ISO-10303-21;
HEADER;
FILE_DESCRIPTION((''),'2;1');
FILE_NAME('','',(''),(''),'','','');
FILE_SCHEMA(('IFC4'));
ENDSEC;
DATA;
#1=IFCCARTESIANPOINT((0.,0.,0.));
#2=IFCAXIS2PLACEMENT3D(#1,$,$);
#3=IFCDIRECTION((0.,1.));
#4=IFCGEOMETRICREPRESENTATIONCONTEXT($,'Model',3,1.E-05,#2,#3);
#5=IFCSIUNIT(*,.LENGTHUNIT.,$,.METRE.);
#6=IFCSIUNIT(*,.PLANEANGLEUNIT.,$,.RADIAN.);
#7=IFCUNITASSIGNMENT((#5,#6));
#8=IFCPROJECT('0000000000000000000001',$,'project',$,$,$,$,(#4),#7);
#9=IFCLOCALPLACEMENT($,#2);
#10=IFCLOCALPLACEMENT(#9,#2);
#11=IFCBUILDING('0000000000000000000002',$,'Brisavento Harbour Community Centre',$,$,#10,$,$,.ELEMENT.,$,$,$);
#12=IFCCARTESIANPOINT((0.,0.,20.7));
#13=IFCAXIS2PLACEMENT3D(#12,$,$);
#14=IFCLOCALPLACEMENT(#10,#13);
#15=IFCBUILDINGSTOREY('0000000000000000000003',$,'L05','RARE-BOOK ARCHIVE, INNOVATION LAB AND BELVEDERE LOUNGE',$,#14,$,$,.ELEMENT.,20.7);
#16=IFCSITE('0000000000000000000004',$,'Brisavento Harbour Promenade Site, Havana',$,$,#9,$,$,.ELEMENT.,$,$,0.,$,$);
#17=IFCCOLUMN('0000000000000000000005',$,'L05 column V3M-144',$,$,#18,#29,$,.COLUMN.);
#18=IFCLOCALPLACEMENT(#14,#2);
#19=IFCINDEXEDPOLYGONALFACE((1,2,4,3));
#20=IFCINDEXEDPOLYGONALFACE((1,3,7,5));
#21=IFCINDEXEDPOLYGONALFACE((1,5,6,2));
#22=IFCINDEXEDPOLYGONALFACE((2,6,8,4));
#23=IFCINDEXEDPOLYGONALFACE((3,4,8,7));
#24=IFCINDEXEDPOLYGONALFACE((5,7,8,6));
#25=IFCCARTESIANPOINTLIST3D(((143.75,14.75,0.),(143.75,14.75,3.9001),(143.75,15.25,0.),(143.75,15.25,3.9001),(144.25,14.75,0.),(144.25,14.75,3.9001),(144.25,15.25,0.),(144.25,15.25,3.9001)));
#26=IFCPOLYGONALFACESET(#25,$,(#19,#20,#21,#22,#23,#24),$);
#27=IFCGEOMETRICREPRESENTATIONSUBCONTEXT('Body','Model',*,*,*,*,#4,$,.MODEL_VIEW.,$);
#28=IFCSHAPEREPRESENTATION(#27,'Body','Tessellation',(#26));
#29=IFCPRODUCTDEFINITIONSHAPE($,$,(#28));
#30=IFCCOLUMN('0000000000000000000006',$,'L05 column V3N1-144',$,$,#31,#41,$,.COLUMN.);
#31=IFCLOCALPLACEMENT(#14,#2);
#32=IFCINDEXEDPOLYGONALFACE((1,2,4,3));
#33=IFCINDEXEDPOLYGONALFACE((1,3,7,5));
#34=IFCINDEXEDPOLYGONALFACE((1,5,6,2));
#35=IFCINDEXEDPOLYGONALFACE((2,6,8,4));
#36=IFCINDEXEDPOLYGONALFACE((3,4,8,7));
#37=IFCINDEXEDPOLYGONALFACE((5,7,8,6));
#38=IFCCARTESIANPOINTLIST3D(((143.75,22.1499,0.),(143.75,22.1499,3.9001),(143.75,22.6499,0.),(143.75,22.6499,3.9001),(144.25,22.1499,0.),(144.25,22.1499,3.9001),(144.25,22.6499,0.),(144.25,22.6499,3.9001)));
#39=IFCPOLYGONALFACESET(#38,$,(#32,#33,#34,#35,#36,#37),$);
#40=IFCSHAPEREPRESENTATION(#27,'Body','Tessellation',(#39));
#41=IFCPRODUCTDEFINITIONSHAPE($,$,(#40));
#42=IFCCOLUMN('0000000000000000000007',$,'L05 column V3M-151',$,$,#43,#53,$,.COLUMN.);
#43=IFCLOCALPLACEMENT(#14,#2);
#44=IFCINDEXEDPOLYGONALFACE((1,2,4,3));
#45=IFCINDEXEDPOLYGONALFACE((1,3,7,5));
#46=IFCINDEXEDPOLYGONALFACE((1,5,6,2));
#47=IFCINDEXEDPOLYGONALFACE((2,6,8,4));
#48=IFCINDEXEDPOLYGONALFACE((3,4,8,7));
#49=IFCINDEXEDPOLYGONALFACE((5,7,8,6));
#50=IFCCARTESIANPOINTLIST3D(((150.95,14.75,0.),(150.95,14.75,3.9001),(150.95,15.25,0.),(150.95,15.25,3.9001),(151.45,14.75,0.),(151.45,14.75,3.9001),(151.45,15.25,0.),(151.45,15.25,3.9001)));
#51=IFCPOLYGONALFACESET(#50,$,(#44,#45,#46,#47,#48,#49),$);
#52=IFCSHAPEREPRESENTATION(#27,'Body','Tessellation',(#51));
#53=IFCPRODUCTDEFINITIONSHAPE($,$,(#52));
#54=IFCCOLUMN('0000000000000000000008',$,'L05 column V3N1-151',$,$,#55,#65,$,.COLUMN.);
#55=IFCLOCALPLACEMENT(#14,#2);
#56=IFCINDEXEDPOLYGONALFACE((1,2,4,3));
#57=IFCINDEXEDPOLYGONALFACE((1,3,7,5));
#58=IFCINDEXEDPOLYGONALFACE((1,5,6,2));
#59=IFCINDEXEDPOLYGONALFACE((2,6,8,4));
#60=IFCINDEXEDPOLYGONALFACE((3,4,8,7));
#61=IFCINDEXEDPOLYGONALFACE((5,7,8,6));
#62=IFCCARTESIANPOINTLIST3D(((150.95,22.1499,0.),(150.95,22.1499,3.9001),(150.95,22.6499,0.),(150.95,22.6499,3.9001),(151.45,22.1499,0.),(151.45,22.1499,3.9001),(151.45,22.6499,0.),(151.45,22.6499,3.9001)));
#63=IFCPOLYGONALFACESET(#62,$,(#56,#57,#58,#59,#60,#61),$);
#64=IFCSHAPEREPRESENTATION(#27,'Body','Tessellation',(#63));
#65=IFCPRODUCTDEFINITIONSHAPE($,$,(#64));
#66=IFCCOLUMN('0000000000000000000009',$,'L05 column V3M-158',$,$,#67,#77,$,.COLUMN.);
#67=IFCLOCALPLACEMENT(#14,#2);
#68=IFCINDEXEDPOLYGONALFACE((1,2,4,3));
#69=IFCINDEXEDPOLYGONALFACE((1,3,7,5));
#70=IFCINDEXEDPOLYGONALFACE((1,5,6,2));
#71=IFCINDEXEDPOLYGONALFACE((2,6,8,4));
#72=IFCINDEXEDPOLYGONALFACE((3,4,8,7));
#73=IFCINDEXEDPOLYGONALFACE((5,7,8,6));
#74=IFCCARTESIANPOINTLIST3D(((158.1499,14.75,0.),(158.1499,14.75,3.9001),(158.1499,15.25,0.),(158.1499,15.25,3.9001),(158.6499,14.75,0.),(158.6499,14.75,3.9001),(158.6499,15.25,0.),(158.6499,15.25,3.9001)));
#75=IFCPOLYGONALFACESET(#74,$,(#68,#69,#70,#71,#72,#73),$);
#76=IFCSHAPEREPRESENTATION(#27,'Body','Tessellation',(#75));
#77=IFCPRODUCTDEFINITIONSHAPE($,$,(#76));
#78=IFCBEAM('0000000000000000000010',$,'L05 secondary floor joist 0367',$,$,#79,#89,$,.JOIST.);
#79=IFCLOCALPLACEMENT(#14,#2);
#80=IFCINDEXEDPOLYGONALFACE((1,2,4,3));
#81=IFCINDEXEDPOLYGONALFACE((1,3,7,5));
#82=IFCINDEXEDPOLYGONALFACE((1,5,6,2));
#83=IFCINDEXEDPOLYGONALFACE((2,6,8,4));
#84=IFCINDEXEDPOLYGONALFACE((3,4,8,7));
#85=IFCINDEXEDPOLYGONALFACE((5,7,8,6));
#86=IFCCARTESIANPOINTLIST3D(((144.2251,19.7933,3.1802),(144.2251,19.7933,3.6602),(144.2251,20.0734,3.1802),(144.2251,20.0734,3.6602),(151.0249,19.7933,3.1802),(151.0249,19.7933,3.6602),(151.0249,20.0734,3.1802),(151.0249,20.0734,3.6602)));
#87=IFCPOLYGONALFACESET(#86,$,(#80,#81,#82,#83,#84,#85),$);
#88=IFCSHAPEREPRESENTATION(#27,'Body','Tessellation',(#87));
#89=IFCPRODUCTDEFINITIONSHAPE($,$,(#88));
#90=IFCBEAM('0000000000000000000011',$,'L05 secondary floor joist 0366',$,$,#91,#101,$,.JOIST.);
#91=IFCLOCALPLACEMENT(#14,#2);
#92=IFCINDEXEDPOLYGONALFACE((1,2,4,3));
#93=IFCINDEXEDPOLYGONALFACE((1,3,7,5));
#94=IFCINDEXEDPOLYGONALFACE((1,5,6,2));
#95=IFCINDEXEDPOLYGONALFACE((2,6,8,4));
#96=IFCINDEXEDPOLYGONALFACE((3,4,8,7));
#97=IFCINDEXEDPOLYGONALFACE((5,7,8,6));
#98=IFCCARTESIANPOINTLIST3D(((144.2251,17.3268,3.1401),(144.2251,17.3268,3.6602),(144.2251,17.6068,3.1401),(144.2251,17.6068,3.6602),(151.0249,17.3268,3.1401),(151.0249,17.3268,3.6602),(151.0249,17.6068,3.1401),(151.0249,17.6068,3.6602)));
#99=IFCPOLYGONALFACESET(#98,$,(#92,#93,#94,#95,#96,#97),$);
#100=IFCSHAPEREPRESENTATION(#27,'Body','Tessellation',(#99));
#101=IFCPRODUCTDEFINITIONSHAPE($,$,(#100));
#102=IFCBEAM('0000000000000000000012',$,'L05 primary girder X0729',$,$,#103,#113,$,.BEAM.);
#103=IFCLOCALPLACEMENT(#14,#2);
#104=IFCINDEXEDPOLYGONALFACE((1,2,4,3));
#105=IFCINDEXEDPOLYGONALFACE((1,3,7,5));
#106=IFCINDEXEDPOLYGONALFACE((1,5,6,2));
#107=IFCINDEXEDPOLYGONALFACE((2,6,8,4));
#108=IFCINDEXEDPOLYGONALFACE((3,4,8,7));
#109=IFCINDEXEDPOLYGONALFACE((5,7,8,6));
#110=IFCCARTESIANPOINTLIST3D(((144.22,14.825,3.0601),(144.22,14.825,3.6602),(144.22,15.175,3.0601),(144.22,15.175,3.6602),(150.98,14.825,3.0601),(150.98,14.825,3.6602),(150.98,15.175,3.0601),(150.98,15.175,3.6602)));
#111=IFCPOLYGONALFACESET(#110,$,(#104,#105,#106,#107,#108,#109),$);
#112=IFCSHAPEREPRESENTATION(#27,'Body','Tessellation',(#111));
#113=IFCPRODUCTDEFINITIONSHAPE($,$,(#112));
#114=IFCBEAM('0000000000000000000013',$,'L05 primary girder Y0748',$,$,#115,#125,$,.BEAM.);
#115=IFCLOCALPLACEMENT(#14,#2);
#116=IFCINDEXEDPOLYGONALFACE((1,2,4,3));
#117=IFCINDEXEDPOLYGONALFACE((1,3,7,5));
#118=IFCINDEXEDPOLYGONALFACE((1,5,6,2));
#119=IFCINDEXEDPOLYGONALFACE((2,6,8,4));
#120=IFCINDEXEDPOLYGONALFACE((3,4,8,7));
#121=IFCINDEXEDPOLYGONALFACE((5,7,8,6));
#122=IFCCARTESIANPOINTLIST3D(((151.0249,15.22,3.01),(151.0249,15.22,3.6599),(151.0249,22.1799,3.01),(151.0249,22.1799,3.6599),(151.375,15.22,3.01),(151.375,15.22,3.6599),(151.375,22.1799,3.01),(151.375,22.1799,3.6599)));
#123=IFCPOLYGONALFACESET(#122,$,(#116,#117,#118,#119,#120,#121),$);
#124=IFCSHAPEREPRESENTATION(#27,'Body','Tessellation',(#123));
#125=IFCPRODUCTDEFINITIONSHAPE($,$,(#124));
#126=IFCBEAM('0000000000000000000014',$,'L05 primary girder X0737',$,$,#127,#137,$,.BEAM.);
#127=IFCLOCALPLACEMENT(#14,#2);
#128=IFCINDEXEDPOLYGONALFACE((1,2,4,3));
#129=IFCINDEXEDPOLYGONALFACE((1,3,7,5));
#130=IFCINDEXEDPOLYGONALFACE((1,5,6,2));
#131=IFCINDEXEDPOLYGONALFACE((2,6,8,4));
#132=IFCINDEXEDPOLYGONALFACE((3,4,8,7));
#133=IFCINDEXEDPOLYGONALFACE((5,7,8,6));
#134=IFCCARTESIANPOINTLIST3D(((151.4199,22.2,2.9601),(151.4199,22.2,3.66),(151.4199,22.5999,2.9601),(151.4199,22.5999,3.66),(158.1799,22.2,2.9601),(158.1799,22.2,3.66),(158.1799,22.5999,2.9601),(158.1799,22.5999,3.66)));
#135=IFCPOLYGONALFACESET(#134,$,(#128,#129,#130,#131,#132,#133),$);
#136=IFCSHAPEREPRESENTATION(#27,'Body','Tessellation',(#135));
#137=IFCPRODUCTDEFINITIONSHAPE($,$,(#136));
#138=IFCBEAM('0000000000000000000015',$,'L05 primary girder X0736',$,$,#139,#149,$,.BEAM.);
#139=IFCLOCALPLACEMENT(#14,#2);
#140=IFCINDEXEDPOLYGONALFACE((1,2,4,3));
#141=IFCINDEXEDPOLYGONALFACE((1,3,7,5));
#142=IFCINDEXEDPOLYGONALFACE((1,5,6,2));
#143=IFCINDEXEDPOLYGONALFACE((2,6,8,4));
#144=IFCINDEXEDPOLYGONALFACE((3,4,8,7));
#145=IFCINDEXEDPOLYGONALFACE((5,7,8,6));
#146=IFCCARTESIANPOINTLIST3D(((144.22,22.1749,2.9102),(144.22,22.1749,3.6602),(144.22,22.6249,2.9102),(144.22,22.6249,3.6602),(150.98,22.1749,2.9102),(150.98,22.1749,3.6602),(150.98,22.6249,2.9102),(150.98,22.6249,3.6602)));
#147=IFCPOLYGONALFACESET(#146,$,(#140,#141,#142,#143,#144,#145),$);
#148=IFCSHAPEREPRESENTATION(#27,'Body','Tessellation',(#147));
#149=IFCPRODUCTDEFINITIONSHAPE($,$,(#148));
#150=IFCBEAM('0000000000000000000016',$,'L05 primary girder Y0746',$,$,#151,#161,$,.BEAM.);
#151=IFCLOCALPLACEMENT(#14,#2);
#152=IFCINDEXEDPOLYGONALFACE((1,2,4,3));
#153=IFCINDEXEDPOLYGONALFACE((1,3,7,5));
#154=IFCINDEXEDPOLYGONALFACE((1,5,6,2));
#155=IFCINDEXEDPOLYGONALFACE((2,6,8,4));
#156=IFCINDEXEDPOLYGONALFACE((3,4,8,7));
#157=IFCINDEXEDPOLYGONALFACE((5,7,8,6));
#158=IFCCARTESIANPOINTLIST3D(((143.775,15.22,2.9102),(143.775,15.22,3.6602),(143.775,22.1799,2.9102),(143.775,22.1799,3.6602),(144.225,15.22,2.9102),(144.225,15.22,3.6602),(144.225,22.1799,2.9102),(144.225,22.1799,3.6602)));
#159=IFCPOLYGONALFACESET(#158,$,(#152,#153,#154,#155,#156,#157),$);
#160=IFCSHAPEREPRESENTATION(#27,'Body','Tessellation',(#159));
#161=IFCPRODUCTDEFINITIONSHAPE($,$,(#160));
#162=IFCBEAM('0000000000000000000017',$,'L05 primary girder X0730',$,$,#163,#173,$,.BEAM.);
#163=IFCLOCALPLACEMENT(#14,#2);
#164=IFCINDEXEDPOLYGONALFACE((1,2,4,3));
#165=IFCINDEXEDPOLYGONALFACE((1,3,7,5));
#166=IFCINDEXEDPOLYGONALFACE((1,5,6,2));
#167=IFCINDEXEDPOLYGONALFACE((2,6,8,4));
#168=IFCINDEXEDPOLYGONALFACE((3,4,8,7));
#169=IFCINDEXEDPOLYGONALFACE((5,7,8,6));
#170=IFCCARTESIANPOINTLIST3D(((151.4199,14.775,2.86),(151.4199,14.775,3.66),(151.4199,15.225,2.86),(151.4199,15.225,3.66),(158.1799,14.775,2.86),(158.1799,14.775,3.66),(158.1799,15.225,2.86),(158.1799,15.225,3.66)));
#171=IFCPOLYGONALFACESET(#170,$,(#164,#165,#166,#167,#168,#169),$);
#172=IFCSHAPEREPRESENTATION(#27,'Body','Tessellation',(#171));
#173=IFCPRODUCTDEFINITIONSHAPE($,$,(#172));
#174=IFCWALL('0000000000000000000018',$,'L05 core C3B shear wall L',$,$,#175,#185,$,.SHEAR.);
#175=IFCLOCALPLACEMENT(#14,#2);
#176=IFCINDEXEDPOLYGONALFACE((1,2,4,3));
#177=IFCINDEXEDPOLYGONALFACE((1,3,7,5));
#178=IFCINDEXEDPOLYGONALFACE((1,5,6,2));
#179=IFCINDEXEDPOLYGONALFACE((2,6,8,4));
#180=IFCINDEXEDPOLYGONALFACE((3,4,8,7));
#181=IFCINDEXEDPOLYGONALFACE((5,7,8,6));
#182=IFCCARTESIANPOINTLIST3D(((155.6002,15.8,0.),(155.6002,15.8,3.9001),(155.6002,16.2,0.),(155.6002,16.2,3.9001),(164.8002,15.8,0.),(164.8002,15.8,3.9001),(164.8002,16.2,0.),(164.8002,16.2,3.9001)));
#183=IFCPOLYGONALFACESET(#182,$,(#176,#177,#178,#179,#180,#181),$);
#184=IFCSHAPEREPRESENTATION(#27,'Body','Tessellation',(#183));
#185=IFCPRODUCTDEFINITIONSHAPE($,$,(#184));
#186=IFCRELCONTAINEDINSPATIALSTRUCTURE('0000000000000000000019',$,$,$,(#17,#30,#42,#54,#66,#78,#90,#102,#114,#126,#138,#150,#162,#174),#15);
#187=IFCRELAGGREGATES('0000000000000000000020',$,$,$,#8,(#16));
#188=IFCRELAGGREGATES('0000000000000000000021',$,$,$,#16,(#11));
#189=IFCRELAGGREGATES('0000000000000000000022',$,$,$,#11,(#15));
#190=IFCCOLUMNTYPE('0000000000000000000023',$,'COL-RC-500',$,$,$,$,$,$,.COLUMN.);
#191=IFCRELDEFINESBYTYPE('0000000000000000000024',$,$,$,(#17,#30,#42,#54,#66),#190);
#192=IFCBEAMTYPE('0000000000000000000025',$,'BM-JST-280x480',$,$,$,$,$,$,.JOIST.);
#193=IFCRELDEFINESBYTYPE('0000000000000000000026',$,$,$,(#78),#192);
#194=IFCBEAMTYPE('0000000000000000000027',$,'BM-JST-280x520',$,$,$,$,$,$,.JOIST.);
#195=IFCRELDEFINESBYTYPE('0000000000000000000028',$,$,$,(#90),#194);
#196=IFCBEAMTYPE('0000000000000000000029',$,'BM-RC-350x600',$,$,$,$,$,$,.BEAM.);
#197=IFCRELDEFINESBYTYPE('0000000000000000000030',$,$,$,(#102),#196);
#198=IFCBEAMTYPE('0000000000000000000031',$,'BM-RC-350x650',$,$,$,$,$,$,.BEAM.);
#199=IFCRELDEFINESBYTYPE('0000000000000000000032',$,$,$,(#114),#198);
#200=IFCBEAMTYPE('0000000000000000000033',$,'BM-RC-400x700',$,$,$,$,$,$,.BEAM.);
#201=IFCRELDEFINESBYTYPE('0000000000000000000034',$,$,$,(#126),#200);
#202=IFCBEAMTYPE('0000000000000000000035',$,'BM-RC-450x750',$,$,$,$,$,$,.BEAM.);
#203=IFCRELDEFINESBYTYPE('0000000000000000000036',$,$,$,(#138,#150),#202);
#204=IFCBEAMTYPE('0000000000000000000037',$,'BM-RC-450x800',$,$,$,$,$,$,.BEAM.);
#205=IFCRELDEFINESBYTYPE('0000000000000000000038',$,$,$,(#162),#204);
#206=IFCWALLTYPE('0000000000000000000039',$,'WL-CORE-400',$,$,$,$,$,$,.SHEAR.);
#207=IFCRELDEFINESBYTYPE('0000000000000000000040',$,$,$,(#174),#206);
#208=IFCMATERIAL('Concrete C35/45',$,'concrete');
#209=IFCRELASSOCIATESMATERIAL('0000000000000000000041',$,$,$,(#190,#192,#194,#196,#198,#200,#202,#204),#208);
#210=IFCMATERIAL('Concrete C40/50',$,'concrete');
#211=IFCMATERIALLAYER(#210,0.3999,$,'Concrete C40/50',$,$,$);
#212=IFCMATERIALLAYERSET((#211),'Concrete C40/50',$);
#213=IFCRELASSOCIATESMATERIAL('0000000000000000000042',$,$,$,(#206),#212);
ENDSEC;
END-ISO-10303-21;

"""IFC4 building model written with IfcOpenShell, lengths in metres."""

from ifc_helpers import new_model, si_unit, direction, frame, frame_2d, origin, origin_2d, place, context, subcontext, project, spatial, rectangle, extrude, material, layer, layer_set, material_profile, profile_set, type_object, element, save


model = new_model("IFC4")

# Units and contexts
model_context = context("Model", 3, precision=1e-05, world=origin(), true_north=direction((0.0, 1.0)))
body_context = subcontext(model_context, "Body", "Model", "MODEL_VIEW")
ifc_project = project(units=[si_unit("LENGTHUNIT", "METRE"), si_unit("PLANEANGLEUNIT", "RADIAN")], contexts=[model_context])

# Site, building, storey
site_placement = place(None, origin())
site = spatial("IfcSite", under=ifc_project, at=site_placement, Name="Brisavento Harbour Promenade Site, Havana", CompositionType="ELEMENT", RefElevation=0.0)
building_placement = place(site_placement, origin())
building = spatial("IfcBuilding", under=site, at=building_placement, Name="Brisavento Harbour Community Centre", CompositionType="ELEMENT")
storey_placement = place(building_placement, frame((0.0, 0.0, 20.7)))
storey = spatial("IfcBuildingStorey", under=building, at=storey_placement, Name="L05", Description="RARE-BOOK ARCHIVE, INNOVATION LAB AND BELVEDERE LOUNGE", CompositionType="ELEMENT", Elevation=20.7)

# Columns
ifc_material_1 = material(Name="Concrete C35/45", Category="concrete")
ifc_material_profile_1 = material_profile(ifc_material_1, rectangle(XDim=0.5, YDim=0.5, at=origin_2d()), Name="Concrete C35/45")
ifc_profile_set_1 = profile_set([ifc_material_profile_1], Name="Concrete C35/45")
column_type = type_object("IfcColumnType", Name="COL-RC-500", PredefinedType="COLUMN", material=ifc_profile_set_1)
for number, where, z_axis, x_axis, name in (
    (1, (144.0, 15.0, 0.0), (0.0, 0.0, 1.0), (1.0, 0.0, 0.0), "L05 column V3M-144"),
    (2, (144.0, 22.3999, 0.0), (0.0, 0.0, 1.0), (1.0, 0.0, 0.0), "L05 column V3N1-144"),
    (3, (151.2, 15.0, 0.0), (0.0, 0.0, 1.0), (1.0, 0.0, 0.0), "L05 column V3M-151"),
    (4, (151.2, 22.3999, 0.0), (0.0, 0.0, 1.0), (1.0, 0.0, 0.0), "L05 column V3N1-151"),
    (5, (158.3999, 15.0, 0.0), (0.0, 0.0, 1.0), (1.0, 0.0, 0.0), "L05 column V3M-158"),
):
    element("IfcColumn", number, at=place(storey_placement, frame(where, z_axis=z_axis, x_axis=x_axis)), inside=storey, type_object=column_type, Name=name, PredefinedType="COLUMN", context=body_context, shape_type="SweptSolid", body=[
        extrude(rectangle(XDim=0.5, YDim=0.5, at=origin_2d()), origin(), (0.0, 0.0, 1.0), 3.9001),
    ])

# Beams
ifc_material_profile_2 = material_profile(ifc_material_1, rectangle(XDim=0.28, YDim=0.48, at=origin_2d()), Name="Concrete C35/45")
ifc_profile_set_2 = profile_set([ifc_material_profile_2], Name="Concrete C35/45")
beam_type_1 = type_object("IfcBeamType", Name="BM-JST-280x480", PredefinedType="JOIST", material=ifc_profile_set_2)
beam_1_placement = place(storey_placement, frame((144.2251, 19.9333, 3.4202), z_axis=(1.0, 0.0, 0.0), x_axis=(0.0, 1.0, 0.0)))
element("IfcBeam", 6, at=beam_1_placement, inside=storey, type_object=beam_type_1, Name="L05 secondary floor joist 0367", PredefinedType="JOIST", context=body_context, shape_type="SweptSolid", body=[
    extrude(rectangle(XDim=0.28, YDim=0.48, at=origin_2d()), origin(), (0.0, 0.0, 1.0), 6.7998),
])
ifc_material_profile_3 = material_profile(ifc_material_1, rectangle(XDim=0.28, YDim=0.52, at=origin_2d()), Name="Concrete C35/45")
ifc_profile_set_3 = profile_set([ifc_material_profile_3], Name="Concrete C35/45")
beam_type_2 = type_object("IfcBeamType", Name="BM-JST-280x520", PredefinedType="JOIST", material=ifc_profile_set_3)
beam_2_placement = place(storey_placement, frame((144.2251, 17.4668, 3.4001), z_axis=(1.0, 0.0, 0.0), x_axis=(0.0, 1.0, 0.0)))
element("IfcBeam", 7, at=beam_2_placement, inside=storey, type_object=beam_type_2, Name="L05 secondary floor joist 0366", PredefinedType="JOIST", context=body_context, shape_type="SweptSolid", body=[
    extrude(rectangle(XDim=0.28, YDim=0.52, at=origin_2d()), origin(), (0.0, 0.0, 1.0), 6.7998),
])
ifc_material_profile_4 = material_profile(ifc_material_1, rectangle(XDim=0.3501, YDim=0.6001, at=origin_2d()), Name="Concrete C35/45")
ifc_profile_set_4 = profile_set([ifc_material_profile_4], Name="Concrete C35/45")
beam_type_3 = type_object("IfcBeamType", Name="BM-RC-350x600", PredefinedType="BEAM", material=ifc_profile_set_4)
beam_3_placement = place(storey_placement, frame((144.22, 15.0, 3.3601), z_axis=(1.0, 0.0, 0.0), x_axis=(0.0, 1.0, 0.0)))
element("IfcBeam", 8, at=beam_3_placement, inside=storey, type_object=beam_type_3, Name="L05 primary girder X0729", PredefinedType="BEAM", context=body_context, shape_type="SweptSolid", body=[
    extrude(rectangle(XDim=0.3501, YDim=0.6001, at=origin_2d()), origin(), (0.0, 0.0, 1.0), 6.76),
])
ifc_material_profile_5 = material_profile(ifc_material_1, rectangle(XDim=0.3501, YDim=0.6499, at=origin_2d()), Name="Concrete C35/45")
ifc_profile_set_5 = profile_set([ifc_material_profile_5], Name="Concrete C35/45")
beam_type_4 = type_object("IfcBeamType", Name="BM-RC-350x650", PredefinedType="BEAM", material=ifc_profile_set_5)
beam_4_placement = place(storey_placement, frame((151.2, 15.22, 3.335), z_axis=(0.0, 1.0, 0.0), x_axis=(-1.0, 0.0, 0.0)))
element("IfcBeam", 9, at=beam_4_placement, inside=storey, type_object=beam_type_4, Name="L05 primary girder Y0748", PredefinedType="BEAM", context=body_context, shape_type="SweptSolid", body=[
    extrude(rectangle(XDim=0.3501, YDim=0.6499, at=origin_2d()), origin(), (0.0, 0.0, 1.0), 6.96),
])
ifc_material_profile_6 = material_profile(ifc_material_1, rectangle(XDim=0.3999, YDim=0.7, at=origin_2d()), Name="Concrete C35/45")
ifc_profile_set_6 = profile_set([ifc_material_profile_6], Name="Concrete C35/45")
beam_type_5 = type_object("IfcBeamType", Name="BM-RC-400x700", PredefinedType="BEAM", material=ifc_profile_set_6)
beam_5_placement = place(storey_placement, frame((151.4199, 22.3999, 3.3101), z_axis=(1.0, 0.0, 0.0), x_axis=(0.0, 1.0, 0.0)))
element("IfcBeam", 10, at=beam_5_placement, inside=storey, type_object=beam_type_5, Name="L05 primary girder X0737", PredefinedType="BEAM", context=body_context, shape_type="SweptSolid", body=[
    extrude(rectangle(XDim=0.3999, YDim=0.7, at=origin_2d()), origin(), (0.0, 0.0, 1.0), 6.76),
])
ifc_material_profile_7 = material_profile(ifc_material_1, rectangle(XDim=0.45, YDim=0.75, at=origin_2d()), Name="Concrete C35/45")
ifc_profile_set_7 = profile_set([ifc_material_profile_7], Name="Concrete C35/45")
beam_type_6 = type_object("IfcBeamType", Name="BM-RC-450x750", PredefinedType="BEAM", material=ifc_profile_set_7)
beam_6_placement = place(storey_placement, frame((144.22, 22.3999, 3.2852), z_axis=(1.0, 0.0, 0.0), x_axis=(0.0, 1.0, 0.0)))
element("IfcBeam", 11, at=beam_6_placement, inside=storey, type_object=beam_type_6, Name="L05 primary girder X0736", PredefinedType="BEAM", context=body_context, shape_type="SweptSolid", body=[
    extrude(rectangle(XDim=0.45, YDim=0.75, at=origin_2d()), origin(), (0.0, 0.0, 1.0), 6.76),
])
beam_7_placement = place(storey_placement, frame((144.0, 15.22, 3.2852), z_axis=(0.0, 1.0, 0.0), x_axis=(-1.0, 0.0, 0.0)))
element("IfcBeam", 12, at=beam_7_placement, inside=storey, type_object=beam_type_6, Name="L05 primary girder Y0746", PredefinedType="BEAM", context=body_context, shape_type="SweptSolid", body=[
    extrude(rectangle(XDim=0.45, YDim=0.75, at=origin_2d()), origin(), (0.0, 0.0, 1.0), 6.96),
])
ifc_material_profile_8 = material_profile(ifc_material_1, rectangle(XDim=0.45, YDim=0.8, at=origin_2d()), Name="Concrete C35/45")
ifc_profile_set_8 = profile_set([ifc_material_profile_8], Name="Concrete C35/45")
beam_type_7 = type_object("IfcBeamType", Name="BM-RC-450x800", PredefinedType="BEAM", material=ifc_profile_set_8)
beam_8_placement = place(storey_placement, frame((151.4199, 15.0, 3.26), z_axis=(1.0, 0.0, 0.0), x_axis=(0.0, 1.0, 0.0)))
element("IfcBeam", 13, at=beam_8_placement, inside=storey, type_object=beam_type_7, Name="L05 primary girder X0730", PredefinedType="BEAM", context=body_context, shape_type="SweptSolid", body=[
    extrude(rectangle(XDim=0.45, YDim=0.8, at=origin_2d()), origin(), (0.0, 0.0, 1.0), 6.76),
])

# Wall
ifc_material_2 = material(Name="Concrete C40/50", Category="concrete")
ifc_layer_1 = layer(ifc_material_2, 0.3999, Name="Concrete C40/50")
ifc_layer_set_1 = layer_set([ifc_layer_1], Name="Concrete C40/50")
wall_type_1 = type_object("IfcWallType", Name="WL-CORE-400", PredefinedType="SHEAR", material=ifc_layer_set_1)
wall_1_placement = place(storey_placement, frame((155.6001, 16.0, 0.0), z_axis=(0.0, 0.0, 1.0), x_axis=(1.0, 0.0, 0.0)))
element("IfcWall", 14, at=wall_1_placement, inside=storey, type_object=wall_type_1, Name="L05 core C3B shear wall L", PredefinedType="SHEAR", context=body_context, shape_type="SweptSolid", body=[
    extrude(rectangle(XDim=9.2, YDim=0.3999, at=frame_2d((4.6001, 0.0))), origin(), (0.0, 0.0, 1.0), 3.9001),
])

save(model, "model.ifc")
